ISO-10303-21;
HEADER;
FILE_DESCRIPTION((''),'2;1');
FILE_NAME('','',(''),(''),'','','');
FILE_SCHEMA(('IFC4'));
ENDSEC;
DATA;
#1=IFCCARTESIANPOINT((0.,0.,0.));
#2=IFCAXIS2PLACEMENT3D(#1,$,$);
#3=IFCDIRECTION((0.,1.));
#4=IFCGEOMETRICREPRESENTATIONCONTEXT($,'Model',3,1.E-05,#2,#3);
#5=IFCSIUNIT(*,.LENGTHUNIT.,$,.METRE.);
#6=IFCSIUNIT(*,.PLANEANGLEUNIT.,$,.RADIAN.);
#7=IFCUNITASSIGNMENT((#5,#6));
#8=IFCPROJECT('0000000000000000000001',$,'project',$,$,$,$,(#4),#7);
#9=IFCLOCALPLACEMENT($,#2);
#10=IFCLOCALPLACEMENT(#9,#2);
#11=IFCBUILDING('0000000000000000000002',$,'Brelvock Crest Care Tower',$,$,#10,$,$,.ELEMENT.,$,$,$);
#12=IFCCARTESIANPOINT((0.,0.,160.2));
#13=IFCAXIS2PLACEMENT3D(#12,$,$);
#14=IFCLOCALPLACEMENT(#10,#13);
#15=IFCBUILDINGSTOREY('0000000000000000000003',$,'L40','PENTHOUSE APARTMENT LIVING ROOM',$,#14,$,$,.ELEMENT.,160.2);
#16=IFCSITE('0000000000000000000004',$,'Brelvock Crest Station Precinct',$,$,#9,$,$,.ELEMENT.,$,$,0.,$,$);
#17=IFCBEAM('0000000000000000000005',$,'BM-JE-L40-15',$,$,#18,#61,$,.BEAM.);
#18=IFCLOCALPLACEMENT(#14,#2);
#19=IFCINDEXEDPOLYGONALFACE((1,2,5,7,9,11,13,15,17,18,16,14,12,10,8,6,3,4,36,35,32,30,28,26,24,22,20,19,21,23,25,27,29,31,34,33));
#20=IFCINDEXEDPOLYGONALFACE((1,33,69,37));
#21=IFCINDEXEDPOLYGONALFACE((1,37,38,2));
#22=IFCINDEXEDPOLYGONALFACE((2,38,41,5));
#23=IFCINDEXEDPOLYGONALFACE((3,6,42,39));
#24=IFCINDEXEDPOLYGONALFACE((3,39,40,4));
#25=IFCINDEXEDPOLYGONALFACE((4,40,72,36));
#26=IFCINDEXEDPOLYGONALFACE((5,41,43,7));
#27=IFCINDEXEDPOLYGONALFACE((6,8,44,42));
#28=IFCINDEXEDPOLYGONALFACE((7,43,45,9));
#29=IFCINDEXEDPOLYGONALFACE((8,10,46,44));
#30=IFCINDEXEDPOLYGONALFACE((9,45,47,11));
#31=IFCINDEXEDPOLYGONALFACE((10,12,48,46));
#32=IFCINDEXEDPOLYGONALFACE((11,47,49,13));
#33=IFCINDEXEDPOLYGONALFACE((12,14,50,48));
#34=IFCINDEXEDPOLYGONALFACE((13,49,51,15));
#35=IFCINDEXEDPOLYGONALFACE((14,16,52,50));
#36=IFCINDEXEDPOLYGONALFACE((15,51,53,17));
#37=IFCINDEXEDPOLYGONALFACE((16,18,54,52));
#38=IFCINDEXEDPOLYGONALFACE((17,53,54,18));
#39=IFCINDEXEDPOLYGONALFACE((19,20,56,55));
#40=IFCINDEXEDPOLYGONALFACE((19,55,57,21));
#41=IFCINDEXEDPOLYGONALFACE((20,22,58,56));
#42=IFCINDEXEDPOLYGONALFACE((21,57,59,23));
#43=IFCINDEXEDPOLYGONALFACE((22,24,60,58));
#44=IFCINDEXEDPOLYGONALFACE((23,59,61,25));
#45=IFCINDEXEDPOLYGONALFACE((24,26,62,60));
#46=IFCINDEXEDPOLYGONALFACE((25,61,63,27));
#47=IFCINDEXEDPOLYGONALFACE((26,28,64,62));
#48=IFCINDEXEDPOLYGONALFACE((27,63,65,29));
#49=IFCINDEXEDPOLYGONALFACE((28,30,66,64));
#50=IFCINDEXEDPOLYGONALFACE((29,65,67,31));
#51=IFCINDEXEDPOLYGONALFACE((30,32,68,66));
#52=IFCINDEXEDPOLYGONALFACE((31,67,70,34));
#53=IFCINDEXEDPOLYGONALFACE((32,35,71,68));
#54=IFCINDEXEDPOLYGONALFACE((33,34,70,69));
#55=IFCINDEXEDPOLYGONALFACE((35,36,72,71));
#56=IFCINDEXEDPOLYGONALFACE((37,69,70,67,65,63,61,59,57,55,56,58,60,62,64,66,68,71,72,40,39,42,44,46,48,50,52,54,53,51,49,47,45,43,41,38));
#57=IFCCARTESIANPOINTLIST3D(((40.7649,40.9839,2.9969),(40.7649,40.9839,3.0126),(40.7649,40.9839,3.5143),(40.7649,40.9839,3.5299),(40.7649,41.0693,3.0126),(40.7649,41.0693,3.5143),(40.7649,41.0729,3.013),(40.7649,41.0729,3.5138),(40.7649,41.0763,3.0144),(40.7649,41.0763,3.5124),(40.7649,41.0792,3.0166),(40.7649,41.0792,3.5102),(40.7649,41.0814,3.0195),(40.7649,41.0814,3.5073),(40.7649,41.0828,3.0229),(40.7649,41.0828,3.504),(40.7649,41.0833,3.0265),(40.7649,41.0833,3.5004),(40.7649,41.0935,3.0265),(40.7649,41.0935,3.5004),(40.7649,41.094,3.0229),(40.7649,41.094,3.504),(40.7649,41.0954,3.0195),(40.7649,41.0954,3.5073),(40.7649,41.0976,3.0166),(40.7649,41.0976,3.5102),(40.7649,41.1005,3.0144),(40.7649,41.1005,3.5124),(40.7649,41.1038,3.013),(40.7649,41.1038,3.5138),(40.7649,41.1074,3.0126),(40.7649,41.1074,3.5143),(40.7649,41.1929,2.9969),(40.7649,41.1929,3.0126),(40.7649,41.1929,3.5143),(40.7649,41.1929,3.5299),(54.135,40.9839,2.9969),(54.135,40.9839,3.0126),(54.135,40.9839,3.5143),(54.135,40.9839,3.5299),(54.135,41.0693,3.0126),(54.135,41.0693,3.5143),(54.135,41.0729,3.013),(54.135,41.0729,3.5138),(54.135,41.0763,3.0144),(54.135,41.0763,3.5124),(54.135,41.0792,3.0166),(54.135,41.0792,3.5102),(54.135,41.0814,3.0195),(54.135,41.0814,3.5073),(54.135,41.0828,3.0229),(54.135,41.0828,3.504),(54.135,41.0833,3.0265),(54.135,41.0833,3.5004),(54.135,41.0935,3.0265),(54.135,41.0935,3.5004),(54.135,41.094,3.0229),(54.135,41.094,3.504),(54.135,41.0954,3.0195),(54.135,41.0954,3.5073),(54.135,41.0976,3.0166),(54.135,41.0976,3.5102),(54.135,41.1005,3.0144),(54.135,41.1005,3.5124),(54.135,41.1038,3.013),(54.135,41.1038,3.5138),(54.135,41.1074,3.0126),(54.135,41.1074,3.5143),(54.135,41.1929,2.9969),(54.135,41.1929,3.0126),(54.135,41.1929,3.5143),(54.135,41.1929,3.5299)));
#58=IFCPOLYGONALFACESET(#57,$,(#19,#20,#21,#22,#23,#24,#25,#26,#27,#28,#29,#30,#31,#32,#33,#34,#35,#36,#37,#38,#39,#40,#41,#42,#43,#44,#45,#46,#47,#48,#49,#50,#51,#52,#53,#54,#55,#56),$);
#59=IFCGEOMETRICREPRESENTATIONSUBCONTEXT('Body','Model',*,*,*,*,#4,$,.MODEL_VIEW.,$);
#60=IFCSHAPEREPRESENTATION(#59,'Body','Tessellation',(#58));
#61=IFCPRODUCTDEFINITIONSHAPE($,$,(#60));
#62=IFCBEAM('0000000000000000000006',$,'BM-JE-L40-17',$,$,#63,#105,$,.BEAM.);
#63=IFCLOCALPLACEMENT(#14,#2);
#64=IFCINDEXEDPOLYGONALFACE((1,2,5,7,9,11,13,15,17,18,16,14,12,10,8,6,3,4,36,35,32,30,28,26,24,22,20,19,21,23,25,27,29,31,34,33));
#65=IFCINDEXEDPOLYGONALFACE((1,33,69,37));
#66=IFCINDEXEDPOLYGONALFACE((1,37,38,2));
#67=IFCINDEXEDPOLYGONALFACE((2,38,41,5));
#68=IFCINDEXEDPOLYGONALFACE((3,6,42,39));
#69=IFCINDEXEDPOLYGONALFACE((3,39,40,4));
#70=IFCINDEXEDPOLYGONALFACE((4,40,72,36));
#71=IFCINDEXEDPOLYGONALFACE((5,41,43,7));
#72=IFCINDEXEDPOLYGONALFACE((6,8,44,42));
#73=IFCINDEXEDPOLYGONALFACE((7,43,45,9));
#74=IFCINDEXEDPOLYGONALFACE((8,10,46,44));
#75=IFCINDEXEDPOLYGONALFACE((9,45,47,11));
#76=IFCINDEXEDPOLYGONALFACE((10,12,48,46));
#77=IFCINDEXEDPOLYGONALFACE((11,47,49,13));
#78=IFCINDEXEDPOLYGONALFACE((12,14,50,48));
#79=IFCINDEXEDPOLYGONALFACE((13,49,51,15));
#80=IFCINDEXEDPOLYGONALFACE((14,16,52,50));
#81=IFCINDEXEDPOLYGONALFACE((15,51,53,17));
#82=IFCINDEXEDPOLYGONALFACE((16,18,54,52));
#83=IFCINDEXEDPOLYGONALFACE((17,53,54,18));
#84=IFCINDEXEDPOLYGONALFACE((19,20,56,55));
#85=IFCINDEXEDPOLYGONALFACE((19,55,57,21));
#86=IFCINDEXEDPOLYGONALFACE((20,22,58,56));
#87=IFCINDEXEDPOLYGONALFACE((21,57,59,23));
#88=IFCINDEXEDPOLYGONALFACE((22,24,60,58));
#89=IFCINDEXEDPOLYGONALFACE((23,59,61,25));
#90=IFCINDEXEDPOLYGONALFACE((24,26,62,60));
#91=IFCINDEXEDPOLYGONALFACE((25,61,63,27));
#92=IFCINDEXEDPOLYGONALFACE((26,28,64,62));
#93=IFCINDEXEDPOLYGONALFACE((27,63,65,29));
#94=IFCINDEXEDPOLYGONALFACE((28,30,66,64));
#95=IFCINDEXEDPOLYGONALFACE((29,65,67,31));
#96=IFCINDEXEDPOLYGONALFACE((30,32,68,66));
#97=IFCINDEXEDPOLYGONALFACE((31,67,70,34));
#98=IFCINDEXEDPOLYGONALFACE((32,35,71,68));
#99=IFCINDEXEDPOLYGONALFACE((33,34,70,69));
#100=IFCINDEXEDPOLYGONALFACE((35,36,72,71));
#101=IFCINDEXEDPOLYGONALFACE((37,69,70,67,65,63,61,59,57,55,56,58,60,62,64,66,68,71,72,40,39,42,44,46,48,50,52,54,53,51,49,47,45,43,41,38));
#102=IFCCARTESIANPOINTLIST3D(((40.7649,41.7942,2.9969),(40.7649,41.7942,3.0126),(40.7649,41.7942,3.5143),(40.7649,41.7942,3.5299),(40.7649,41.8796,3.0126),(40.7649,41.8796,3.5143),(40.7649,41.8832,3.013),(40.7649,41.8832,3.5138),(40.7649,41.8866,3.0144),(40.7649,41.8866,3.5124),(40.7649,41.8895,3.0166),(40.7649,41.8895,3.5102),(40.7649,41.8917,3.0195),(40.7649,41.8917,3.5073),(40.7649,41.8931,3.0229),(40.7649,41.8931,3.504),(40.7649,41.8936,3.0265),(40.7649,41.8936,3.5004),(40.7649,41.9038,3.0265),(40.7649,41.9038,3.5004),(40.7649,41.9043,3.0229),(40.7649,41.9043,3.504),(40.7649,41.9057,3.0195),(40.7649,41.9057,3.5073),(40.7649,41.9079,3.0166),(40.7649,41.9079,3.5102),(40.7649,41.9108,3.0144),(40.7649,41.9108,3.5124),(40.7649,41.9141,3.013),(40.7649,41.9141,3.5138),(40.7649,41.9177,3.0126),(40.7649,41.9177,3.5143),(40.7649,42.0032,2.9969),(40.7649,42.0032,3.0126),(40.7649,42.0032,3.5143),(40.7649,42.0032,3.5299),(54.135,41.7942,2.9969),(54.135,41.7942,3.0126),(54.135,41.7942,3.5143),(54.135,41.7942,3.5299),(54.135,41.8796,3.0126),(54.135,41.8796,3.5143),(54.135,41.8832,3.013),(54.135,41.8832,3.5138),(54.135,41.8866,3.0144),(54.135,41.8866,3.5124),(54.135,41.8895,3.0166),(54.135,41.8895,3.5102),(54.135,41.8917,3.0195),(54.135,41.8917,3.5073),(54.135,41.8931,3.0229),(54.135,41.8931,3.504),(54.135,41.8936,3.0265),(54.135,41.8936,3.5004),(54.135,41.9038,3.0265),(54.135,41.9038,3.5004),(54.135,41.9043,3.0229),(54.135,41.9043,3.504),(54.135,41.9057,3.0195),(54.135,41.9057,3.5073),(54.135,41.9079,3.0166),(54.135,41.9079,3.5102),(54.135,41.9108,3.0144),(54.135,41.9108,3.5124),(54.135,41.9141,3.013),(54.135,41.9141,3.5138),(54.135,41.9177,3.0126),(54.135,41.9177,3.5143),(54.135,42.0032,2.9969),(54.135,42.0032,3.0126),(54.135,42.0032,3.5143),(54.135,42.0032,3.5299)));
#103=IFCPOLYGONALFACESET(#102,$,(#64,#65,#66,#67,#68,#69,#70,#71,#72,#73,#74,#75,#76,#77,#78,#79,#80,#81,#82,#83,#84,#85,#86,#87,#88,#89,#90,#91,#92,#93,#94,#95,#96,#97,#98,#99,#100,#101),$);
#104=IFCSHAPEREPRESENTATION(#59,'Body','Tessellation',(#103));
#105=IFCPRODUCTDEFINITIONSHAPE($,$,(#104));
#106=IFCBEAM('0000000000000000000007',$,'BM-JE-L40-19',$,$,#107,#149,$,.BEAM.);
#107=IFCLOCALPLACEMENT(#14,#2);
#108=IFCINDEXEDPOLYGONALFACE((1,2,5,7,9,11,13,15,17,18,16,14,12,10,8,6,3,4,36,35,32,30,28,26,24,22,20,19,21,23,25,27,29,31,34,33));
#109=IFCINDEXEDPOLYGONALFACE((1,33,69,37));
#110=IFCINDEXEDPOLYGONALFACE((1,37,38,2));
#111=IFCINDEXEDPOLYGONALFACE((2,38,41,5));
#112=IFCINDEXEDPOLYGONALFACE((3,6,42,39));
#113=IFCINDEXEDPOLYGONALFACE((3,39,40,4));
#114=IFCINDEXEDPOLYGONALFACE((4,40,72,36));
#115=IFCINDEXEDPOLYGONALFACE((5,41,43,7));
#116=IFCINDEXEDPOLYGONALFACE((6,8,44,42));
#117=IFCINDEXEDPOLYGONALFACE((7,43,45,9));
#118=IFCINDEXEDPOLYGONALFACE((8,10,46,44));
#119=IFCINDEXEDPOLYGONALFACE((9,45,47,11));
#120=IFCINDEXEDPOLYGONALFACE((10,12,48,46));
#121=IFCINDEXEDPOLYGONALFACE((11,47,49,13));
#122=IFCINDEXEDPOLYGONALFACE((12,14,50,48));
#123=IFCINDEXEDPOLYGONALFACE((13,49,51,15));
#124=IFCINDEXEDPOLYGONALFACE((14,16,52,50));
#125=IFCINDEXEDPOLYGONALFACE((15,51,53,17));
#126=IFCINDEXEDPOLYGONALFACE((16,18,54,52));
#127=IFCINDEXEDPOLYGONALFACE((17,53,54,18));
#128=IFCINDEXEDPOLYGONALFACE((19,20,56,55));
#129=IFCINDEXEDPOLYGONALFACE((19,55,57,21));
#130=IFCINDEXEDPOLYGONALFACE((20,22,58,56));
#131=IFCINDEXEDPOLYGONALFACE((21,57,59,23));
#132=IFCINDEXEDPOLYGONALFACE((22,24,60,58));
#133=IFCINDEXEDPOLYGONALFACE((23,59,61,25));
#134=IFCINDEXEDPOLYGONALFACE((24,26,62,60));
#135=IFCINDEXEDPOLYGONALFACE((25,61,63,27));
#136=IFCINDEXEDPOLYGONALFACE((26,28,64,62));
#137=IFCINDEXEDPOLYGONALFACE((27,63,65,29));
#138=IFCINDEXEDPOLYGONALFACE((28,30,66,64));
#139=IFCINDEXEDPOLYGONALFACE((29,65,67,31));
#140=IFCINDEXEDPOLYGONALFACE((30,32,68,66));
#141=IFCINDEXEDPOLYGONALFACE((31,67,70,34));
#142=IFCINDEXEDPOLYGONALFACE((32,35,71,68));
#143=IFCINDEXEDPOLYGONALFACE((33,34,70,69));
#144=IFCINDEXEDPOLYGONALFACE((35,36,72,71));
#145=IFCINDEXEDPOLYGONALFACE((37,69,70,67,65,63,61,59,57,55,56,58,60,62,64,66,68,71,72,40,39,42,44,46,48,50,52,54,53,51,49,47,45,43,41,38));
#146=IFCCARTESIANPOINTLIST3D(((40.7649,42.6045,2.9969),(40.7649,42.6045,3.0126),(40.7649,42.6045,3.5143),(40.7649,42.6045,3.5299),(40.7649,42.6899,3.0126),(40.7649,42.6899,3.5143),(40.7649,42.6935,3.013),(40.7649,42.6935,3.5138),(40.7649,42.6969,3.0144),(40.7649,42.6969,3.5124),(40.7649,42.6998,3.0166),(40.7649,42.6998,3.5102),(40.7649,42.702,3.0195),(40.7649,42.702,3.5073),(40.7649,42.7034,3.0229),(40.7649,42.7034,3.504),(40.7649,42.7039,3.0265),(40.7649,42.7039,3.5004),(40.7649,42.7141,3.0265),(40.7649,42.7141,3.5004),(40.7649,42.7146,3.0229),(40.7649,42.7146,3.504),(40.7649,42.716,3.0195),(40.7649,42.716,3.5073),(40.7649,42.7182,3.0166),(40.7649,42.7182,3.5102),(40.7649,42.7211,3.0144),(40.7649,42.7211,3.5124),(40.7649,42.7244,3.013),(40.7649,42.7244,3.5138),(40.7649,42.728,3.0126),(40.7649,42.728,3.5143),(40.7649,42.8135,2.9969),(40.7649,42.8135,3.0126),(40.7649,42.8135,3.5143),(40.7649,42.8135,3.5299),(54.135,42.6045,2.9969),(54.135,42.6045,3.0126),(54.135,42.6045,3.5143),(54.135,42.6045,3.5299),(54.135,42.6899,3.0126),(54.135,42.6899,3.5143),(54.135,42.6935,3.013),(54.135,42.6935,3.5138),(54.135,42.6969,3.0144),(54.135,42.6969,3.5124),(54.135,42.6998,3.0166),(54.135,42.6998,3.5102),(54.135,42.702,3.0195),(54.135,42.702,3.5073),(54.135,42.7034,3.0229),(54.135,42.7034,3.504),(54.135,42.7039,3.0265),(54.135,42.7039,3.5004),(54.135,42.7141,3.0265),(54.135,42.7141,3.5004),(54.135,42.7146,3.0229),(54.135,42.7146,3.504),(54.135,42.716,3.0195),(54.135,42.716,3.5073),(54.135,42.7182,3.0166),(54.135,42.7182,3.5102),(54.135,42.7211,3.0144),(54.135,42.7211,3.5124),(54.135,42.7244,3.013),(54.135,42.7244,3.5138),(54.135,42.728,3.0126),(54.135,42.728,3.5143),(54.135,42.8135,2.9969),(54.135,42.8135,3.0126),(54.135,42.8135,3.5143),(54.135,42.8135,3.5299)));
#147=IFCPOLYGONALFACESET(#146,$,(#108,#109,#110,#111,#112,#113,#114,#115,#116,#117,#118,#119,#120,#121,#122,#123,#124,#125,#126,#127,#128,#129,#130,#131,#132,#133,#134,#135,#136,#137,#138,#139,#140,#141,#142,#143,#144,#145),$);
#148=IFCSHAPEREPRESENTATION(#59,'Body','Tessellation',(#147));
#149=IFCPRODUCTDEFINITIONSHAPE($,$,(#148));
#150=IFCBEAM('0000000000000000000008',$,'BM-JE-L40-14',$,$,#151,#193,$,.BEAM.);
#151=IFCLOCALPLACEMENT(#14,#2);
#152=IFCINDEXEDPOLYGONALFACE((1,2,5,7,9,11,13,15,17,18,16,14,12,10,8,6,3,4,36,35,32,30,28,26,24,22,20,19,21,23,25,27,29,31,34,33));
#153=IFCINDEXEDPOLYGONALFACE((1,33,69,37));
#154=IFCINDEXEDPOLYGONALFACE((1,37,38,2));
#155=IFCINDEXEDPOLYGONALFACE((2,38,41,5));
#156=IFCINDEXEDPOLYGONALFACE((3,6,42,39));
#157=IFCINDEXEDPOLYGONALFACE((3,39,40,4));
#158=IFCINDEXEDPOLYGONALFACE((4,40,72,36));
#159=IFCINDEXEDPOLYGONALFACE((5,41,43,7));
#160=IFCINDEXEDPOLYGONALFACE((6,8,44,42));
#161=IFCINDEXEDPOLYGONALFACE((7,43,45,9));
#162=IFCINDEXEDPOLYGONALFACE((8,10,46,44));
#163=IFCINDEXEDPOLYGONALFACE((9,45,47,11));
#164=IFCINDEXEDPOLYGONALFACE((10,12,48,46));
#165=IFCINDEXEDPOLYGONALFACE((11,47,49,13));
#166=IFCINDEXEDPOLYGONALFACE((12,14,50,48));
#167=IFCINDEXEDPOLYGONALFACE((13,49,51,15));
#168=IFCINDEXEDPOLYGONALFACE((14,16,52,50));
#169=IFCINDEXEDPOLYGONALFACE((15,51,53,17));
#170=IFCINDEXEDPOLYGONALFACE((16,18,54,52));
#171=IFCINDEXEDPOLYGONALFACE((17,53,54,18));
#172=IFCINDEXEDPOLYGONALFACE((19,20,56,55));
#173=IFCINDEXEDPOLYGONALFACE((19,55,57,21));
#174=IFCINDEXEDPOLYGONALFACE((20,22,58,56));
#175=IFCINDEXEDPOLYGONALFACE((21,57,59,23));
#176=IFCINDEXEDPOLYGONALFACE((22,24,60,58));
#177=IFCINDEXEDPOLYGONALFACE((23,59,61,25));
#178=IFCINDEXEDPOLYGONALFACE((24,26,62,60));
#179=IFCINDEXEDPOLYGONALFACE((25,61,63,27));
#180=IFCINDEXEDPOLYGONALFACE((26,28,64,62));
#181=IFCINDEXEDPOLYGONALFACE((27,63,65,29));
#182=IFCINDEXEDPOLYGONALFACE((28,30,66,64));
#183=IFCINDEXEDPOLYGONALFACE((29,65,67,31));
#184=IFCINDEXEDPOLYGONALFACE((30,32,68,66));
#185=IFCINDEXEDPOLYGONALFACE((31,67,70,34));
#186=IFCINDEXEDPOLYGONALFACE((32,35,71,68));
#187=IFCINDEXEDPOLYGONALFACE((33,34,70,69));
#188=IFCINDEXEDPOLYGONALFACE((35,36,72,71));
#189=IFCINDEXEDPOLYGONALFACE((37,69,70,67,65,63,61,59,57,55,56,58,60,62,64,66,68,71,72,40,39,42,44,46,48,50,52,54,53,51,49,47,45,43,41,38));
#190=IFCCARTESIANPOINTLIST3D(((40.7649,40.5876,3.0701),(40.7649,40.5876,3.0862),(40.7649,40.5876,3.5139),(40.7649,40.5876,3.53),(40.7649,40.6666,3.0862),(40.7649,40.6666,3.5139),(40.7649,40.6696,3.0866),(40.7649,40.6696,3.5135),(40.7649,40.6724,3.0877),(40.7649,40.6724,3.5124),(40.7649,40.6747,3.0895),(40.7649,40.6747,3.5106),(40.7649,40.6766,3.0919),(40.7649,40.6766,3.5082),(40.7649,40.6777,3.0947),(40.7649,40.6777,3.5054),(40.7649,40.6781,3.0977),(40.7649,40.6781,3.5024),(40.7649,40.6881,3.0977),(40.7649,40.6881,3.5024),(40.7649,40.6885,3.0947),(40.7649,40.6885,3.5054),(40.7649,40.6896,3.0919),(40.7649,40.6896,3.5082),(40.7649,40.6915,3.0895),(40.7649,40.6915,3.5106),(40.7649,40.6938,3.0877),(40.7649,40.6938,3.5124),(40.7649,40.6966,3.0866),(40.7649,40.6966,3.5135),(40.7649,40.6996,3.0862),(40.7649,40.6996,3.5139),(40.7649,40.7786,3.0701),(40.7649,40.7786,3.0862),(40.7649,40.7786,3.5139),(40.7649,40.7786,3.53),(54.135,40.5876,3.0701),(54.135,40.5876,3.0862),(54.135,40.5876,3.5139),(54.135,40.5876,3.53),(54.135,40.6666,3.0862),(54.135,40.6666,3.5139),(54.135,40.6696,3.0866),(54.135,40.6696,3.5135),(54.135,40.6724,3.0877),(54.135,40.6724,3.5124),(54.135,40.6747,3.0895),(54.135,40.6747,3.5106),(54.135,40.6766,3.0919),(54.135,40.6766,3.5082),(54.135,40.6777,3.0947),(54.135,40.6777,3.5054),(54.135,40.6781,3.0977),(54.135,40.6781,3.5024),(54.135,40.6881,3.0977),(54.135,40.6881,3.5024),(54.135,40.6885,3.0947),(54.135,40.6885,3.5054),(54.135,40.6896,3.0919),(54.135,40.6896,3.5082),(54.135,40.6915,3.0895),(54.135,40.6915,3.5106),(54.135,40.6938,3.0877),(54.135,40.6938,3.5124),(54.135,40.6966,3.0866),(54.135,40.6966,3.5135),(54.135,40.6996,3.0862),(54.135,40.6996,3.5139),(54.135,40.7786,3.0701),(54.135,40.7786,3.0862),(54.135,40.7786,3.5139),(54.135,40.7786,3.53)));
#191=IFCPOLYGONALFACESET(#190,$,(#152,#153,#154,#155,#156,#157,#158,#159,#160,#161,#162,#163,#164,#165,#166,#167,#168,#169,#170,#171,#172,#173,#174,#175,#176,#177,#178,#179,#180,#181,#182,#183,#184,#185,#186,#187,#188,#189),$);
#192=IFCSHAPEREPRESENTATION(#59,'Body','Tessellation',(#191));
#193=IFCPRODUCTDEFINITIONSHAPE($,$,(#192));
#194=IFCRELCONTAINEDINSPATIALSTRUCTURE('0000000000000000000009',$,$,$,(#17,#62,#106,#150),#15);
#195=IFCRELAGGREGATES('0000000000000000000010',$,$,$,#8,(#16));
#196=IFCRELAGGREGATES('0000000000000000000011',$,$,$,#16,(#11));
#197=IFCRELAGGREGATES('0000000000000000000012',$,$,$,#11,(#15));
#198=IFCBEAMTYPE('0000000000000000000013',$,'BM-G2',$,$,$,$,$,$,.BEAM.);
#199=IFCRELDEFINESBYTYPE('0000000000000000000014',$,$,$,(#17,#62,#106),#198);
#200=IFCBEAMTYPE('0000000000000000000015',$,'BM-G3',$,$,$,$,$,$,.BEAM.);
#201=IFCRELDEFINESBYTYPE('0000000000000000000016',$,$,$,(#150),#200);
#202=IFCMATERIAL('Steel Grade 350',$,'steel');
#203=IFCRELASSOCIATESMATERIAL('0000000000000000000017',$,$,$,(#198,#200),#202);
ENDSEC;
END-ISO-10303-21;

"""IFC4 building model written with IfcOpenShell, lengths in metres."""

from ifc_helpers import new_model, si_unit, direction, frame, origin, origin_2d, place, context, subcontext, project, spatial, i_section, extrude, source, transform, mapped, material, material_profile, profile_set, type_object, element, save


model = new_model("IFC4")

# Units and contexts
model_context = context("Model", 3, precision=1e-05, world=origin(), true_north=direction((0.0, 1.0)))
body_context = subcontext(model_context, "Body", "Model", "MODEL_VIEW")
ifc_project = project(units=[si_unit("LENGTHUNIT", "METRE"), si_unit("PLANEANGLEUNIT", "RADIAN")], contexts=[model_context])

# Site, building, storey
site_placement = place(None, origin())
site = spatial("IfcSite", under=ifc_project, at=site_placement, Name="Brelvock Crest Station Precinct", CompositionType="ELEMENT", RefElevation=0.0)
building_placement = place(site_placement, origin())
building = spatial("IfcBuilding", under=site, at=building_placement, Name="Brelvock Crest Care Tower", CompositionType="ELEMENT")
storey_placement = place(building_placement, frame((0.0, 0.0, 160.2)))
storey = spatial("IfcBuildingStorey", under=building, at=storey_placement, Name="L40", Description="PENTHOUSE APARTMENT LIVING ROOM", CompositionType="ELEMENT", Elevation=160.2)

# Beams
ifc_material_1 = material(Name="Steel Grade 350", Category="steel")
ifc_material_profile_1 = material_profile(ifc_material_1, i_section(OverallWidth=0.209, OverallDepth=0.533, WebThickness=0.0103, FlangeThickness=0.0156, FilletRadius=0.0139, at=origin_2d()), Name="530UB92.4")
ifc_profile_set_1 = profile_set([ifc_material_profile_1], Name="Steel Grade 350")
beam_type_1 = type_object("IfcBeamType", Name="BM-G2", PredefinedType="BEAM", material=ifc_profile_set_1)
shared_shape_1 = source(origin(), body_context, "Body", "SweptSolid", [
    extrude(i_section(OverallWidth=0.209, OverallDepth=0.533, WebThickness=0.0103, FlangeThickness=0.0156, FilletRadius=0.0139, at=origin_2d()), origin(), (0.0, 0.0, 1.0), 13.3701),
])
for number, where, z_axis, x_axis, name in (
    (1, (40.7649, 41.0884, 3.2634), (1.0, 0.0, 0.0), (0.0, 1.0, 0.0), "BM-JE-L40-15"),
    (2, (40.7649, 41.8987, 3.2634), (1.0, 0.0, 0.0), (0.0, 1.0, 0.0), "BM-JE-L40-17"),
    (3, (40.7649, 42.709, 3.2634), (1.0, 0.0, 0.0), (0.0, 1.0, 0.0), "BM-JE-L40-19"),
):
    element("IfcBeam", number, at=place(storey_placement, frame(where, z_axis=z_axis, x_axis=x_axis)), inside=storey, type_object=beam_type_1, Name=name, PredefinedType="BEAM", context=body_context, shape_type="MappedRepresentation", body=[
        mapped(shared_shape_1, transform((0.0, 0.0, 0.0), x_axis=(1.0, 0.0, 0.0), y_axis=(0.0, 1.0, 0.0), z_axis=(0.0, 0.0, 1.0), scale=1.0)),
    ])
ifc_material_profile_2 = material_profile(ifc_material_1, i_section(OverallWidth=0.1909, OverallDepth=0.46, WebThickness=0.01, FlangeThickness=0.0161, FilletRadius=0.0115, at=origin_2d()), Name="460UB82.1")
ifc_profile_set_2 = profile_set([ifc_material_profile_2], Name="Steel Grade 350")
beam_type_2 = type_object("IfcBeamType", Name="BM-G3", PredefinedType="BEAM", material=ifc_profile_set_2)
shared_shape_2 = source(origin(), body_context, "Body", "SweptSolid", [
    extrude(i_section(OverallWidth=0.1909, OverallDepth=0.46, WebThickness=0.01, FlangeThickness=0.0161, FilletRadius=0.0115, at=origin_2d()), origin(), (0.0, 0.0, 1.0), 13.3701),
])
for number, where, z_axis, x_axis, name in (
    (4, (40.7649, 40.6831, 3.3), (1.0, 0.0, 0.0), (0.0, 1.0, 0.0), "BM-JE-L40-14"),
):
    element("IfcBeam", number, at=place(storey_placement, frame(where, z_axis=z_axis, x_axis=x_axis)), inside=storey, type_object=beam_type_2, Name=name, PredefinedType="BEAM", context=body_context, shape_type="MappedRepresentation", body=[
        mapped(shared_shape_2, transform((0.0, 0.0, 0.0), x_axis=(1.0, 0.0, 0.0), y_axis=(0.0, 1.0, 0.0), z_axis=(0.0, 0.0, 1.0), scale=1.0)),
    ])

save(model, "model.ifc")
